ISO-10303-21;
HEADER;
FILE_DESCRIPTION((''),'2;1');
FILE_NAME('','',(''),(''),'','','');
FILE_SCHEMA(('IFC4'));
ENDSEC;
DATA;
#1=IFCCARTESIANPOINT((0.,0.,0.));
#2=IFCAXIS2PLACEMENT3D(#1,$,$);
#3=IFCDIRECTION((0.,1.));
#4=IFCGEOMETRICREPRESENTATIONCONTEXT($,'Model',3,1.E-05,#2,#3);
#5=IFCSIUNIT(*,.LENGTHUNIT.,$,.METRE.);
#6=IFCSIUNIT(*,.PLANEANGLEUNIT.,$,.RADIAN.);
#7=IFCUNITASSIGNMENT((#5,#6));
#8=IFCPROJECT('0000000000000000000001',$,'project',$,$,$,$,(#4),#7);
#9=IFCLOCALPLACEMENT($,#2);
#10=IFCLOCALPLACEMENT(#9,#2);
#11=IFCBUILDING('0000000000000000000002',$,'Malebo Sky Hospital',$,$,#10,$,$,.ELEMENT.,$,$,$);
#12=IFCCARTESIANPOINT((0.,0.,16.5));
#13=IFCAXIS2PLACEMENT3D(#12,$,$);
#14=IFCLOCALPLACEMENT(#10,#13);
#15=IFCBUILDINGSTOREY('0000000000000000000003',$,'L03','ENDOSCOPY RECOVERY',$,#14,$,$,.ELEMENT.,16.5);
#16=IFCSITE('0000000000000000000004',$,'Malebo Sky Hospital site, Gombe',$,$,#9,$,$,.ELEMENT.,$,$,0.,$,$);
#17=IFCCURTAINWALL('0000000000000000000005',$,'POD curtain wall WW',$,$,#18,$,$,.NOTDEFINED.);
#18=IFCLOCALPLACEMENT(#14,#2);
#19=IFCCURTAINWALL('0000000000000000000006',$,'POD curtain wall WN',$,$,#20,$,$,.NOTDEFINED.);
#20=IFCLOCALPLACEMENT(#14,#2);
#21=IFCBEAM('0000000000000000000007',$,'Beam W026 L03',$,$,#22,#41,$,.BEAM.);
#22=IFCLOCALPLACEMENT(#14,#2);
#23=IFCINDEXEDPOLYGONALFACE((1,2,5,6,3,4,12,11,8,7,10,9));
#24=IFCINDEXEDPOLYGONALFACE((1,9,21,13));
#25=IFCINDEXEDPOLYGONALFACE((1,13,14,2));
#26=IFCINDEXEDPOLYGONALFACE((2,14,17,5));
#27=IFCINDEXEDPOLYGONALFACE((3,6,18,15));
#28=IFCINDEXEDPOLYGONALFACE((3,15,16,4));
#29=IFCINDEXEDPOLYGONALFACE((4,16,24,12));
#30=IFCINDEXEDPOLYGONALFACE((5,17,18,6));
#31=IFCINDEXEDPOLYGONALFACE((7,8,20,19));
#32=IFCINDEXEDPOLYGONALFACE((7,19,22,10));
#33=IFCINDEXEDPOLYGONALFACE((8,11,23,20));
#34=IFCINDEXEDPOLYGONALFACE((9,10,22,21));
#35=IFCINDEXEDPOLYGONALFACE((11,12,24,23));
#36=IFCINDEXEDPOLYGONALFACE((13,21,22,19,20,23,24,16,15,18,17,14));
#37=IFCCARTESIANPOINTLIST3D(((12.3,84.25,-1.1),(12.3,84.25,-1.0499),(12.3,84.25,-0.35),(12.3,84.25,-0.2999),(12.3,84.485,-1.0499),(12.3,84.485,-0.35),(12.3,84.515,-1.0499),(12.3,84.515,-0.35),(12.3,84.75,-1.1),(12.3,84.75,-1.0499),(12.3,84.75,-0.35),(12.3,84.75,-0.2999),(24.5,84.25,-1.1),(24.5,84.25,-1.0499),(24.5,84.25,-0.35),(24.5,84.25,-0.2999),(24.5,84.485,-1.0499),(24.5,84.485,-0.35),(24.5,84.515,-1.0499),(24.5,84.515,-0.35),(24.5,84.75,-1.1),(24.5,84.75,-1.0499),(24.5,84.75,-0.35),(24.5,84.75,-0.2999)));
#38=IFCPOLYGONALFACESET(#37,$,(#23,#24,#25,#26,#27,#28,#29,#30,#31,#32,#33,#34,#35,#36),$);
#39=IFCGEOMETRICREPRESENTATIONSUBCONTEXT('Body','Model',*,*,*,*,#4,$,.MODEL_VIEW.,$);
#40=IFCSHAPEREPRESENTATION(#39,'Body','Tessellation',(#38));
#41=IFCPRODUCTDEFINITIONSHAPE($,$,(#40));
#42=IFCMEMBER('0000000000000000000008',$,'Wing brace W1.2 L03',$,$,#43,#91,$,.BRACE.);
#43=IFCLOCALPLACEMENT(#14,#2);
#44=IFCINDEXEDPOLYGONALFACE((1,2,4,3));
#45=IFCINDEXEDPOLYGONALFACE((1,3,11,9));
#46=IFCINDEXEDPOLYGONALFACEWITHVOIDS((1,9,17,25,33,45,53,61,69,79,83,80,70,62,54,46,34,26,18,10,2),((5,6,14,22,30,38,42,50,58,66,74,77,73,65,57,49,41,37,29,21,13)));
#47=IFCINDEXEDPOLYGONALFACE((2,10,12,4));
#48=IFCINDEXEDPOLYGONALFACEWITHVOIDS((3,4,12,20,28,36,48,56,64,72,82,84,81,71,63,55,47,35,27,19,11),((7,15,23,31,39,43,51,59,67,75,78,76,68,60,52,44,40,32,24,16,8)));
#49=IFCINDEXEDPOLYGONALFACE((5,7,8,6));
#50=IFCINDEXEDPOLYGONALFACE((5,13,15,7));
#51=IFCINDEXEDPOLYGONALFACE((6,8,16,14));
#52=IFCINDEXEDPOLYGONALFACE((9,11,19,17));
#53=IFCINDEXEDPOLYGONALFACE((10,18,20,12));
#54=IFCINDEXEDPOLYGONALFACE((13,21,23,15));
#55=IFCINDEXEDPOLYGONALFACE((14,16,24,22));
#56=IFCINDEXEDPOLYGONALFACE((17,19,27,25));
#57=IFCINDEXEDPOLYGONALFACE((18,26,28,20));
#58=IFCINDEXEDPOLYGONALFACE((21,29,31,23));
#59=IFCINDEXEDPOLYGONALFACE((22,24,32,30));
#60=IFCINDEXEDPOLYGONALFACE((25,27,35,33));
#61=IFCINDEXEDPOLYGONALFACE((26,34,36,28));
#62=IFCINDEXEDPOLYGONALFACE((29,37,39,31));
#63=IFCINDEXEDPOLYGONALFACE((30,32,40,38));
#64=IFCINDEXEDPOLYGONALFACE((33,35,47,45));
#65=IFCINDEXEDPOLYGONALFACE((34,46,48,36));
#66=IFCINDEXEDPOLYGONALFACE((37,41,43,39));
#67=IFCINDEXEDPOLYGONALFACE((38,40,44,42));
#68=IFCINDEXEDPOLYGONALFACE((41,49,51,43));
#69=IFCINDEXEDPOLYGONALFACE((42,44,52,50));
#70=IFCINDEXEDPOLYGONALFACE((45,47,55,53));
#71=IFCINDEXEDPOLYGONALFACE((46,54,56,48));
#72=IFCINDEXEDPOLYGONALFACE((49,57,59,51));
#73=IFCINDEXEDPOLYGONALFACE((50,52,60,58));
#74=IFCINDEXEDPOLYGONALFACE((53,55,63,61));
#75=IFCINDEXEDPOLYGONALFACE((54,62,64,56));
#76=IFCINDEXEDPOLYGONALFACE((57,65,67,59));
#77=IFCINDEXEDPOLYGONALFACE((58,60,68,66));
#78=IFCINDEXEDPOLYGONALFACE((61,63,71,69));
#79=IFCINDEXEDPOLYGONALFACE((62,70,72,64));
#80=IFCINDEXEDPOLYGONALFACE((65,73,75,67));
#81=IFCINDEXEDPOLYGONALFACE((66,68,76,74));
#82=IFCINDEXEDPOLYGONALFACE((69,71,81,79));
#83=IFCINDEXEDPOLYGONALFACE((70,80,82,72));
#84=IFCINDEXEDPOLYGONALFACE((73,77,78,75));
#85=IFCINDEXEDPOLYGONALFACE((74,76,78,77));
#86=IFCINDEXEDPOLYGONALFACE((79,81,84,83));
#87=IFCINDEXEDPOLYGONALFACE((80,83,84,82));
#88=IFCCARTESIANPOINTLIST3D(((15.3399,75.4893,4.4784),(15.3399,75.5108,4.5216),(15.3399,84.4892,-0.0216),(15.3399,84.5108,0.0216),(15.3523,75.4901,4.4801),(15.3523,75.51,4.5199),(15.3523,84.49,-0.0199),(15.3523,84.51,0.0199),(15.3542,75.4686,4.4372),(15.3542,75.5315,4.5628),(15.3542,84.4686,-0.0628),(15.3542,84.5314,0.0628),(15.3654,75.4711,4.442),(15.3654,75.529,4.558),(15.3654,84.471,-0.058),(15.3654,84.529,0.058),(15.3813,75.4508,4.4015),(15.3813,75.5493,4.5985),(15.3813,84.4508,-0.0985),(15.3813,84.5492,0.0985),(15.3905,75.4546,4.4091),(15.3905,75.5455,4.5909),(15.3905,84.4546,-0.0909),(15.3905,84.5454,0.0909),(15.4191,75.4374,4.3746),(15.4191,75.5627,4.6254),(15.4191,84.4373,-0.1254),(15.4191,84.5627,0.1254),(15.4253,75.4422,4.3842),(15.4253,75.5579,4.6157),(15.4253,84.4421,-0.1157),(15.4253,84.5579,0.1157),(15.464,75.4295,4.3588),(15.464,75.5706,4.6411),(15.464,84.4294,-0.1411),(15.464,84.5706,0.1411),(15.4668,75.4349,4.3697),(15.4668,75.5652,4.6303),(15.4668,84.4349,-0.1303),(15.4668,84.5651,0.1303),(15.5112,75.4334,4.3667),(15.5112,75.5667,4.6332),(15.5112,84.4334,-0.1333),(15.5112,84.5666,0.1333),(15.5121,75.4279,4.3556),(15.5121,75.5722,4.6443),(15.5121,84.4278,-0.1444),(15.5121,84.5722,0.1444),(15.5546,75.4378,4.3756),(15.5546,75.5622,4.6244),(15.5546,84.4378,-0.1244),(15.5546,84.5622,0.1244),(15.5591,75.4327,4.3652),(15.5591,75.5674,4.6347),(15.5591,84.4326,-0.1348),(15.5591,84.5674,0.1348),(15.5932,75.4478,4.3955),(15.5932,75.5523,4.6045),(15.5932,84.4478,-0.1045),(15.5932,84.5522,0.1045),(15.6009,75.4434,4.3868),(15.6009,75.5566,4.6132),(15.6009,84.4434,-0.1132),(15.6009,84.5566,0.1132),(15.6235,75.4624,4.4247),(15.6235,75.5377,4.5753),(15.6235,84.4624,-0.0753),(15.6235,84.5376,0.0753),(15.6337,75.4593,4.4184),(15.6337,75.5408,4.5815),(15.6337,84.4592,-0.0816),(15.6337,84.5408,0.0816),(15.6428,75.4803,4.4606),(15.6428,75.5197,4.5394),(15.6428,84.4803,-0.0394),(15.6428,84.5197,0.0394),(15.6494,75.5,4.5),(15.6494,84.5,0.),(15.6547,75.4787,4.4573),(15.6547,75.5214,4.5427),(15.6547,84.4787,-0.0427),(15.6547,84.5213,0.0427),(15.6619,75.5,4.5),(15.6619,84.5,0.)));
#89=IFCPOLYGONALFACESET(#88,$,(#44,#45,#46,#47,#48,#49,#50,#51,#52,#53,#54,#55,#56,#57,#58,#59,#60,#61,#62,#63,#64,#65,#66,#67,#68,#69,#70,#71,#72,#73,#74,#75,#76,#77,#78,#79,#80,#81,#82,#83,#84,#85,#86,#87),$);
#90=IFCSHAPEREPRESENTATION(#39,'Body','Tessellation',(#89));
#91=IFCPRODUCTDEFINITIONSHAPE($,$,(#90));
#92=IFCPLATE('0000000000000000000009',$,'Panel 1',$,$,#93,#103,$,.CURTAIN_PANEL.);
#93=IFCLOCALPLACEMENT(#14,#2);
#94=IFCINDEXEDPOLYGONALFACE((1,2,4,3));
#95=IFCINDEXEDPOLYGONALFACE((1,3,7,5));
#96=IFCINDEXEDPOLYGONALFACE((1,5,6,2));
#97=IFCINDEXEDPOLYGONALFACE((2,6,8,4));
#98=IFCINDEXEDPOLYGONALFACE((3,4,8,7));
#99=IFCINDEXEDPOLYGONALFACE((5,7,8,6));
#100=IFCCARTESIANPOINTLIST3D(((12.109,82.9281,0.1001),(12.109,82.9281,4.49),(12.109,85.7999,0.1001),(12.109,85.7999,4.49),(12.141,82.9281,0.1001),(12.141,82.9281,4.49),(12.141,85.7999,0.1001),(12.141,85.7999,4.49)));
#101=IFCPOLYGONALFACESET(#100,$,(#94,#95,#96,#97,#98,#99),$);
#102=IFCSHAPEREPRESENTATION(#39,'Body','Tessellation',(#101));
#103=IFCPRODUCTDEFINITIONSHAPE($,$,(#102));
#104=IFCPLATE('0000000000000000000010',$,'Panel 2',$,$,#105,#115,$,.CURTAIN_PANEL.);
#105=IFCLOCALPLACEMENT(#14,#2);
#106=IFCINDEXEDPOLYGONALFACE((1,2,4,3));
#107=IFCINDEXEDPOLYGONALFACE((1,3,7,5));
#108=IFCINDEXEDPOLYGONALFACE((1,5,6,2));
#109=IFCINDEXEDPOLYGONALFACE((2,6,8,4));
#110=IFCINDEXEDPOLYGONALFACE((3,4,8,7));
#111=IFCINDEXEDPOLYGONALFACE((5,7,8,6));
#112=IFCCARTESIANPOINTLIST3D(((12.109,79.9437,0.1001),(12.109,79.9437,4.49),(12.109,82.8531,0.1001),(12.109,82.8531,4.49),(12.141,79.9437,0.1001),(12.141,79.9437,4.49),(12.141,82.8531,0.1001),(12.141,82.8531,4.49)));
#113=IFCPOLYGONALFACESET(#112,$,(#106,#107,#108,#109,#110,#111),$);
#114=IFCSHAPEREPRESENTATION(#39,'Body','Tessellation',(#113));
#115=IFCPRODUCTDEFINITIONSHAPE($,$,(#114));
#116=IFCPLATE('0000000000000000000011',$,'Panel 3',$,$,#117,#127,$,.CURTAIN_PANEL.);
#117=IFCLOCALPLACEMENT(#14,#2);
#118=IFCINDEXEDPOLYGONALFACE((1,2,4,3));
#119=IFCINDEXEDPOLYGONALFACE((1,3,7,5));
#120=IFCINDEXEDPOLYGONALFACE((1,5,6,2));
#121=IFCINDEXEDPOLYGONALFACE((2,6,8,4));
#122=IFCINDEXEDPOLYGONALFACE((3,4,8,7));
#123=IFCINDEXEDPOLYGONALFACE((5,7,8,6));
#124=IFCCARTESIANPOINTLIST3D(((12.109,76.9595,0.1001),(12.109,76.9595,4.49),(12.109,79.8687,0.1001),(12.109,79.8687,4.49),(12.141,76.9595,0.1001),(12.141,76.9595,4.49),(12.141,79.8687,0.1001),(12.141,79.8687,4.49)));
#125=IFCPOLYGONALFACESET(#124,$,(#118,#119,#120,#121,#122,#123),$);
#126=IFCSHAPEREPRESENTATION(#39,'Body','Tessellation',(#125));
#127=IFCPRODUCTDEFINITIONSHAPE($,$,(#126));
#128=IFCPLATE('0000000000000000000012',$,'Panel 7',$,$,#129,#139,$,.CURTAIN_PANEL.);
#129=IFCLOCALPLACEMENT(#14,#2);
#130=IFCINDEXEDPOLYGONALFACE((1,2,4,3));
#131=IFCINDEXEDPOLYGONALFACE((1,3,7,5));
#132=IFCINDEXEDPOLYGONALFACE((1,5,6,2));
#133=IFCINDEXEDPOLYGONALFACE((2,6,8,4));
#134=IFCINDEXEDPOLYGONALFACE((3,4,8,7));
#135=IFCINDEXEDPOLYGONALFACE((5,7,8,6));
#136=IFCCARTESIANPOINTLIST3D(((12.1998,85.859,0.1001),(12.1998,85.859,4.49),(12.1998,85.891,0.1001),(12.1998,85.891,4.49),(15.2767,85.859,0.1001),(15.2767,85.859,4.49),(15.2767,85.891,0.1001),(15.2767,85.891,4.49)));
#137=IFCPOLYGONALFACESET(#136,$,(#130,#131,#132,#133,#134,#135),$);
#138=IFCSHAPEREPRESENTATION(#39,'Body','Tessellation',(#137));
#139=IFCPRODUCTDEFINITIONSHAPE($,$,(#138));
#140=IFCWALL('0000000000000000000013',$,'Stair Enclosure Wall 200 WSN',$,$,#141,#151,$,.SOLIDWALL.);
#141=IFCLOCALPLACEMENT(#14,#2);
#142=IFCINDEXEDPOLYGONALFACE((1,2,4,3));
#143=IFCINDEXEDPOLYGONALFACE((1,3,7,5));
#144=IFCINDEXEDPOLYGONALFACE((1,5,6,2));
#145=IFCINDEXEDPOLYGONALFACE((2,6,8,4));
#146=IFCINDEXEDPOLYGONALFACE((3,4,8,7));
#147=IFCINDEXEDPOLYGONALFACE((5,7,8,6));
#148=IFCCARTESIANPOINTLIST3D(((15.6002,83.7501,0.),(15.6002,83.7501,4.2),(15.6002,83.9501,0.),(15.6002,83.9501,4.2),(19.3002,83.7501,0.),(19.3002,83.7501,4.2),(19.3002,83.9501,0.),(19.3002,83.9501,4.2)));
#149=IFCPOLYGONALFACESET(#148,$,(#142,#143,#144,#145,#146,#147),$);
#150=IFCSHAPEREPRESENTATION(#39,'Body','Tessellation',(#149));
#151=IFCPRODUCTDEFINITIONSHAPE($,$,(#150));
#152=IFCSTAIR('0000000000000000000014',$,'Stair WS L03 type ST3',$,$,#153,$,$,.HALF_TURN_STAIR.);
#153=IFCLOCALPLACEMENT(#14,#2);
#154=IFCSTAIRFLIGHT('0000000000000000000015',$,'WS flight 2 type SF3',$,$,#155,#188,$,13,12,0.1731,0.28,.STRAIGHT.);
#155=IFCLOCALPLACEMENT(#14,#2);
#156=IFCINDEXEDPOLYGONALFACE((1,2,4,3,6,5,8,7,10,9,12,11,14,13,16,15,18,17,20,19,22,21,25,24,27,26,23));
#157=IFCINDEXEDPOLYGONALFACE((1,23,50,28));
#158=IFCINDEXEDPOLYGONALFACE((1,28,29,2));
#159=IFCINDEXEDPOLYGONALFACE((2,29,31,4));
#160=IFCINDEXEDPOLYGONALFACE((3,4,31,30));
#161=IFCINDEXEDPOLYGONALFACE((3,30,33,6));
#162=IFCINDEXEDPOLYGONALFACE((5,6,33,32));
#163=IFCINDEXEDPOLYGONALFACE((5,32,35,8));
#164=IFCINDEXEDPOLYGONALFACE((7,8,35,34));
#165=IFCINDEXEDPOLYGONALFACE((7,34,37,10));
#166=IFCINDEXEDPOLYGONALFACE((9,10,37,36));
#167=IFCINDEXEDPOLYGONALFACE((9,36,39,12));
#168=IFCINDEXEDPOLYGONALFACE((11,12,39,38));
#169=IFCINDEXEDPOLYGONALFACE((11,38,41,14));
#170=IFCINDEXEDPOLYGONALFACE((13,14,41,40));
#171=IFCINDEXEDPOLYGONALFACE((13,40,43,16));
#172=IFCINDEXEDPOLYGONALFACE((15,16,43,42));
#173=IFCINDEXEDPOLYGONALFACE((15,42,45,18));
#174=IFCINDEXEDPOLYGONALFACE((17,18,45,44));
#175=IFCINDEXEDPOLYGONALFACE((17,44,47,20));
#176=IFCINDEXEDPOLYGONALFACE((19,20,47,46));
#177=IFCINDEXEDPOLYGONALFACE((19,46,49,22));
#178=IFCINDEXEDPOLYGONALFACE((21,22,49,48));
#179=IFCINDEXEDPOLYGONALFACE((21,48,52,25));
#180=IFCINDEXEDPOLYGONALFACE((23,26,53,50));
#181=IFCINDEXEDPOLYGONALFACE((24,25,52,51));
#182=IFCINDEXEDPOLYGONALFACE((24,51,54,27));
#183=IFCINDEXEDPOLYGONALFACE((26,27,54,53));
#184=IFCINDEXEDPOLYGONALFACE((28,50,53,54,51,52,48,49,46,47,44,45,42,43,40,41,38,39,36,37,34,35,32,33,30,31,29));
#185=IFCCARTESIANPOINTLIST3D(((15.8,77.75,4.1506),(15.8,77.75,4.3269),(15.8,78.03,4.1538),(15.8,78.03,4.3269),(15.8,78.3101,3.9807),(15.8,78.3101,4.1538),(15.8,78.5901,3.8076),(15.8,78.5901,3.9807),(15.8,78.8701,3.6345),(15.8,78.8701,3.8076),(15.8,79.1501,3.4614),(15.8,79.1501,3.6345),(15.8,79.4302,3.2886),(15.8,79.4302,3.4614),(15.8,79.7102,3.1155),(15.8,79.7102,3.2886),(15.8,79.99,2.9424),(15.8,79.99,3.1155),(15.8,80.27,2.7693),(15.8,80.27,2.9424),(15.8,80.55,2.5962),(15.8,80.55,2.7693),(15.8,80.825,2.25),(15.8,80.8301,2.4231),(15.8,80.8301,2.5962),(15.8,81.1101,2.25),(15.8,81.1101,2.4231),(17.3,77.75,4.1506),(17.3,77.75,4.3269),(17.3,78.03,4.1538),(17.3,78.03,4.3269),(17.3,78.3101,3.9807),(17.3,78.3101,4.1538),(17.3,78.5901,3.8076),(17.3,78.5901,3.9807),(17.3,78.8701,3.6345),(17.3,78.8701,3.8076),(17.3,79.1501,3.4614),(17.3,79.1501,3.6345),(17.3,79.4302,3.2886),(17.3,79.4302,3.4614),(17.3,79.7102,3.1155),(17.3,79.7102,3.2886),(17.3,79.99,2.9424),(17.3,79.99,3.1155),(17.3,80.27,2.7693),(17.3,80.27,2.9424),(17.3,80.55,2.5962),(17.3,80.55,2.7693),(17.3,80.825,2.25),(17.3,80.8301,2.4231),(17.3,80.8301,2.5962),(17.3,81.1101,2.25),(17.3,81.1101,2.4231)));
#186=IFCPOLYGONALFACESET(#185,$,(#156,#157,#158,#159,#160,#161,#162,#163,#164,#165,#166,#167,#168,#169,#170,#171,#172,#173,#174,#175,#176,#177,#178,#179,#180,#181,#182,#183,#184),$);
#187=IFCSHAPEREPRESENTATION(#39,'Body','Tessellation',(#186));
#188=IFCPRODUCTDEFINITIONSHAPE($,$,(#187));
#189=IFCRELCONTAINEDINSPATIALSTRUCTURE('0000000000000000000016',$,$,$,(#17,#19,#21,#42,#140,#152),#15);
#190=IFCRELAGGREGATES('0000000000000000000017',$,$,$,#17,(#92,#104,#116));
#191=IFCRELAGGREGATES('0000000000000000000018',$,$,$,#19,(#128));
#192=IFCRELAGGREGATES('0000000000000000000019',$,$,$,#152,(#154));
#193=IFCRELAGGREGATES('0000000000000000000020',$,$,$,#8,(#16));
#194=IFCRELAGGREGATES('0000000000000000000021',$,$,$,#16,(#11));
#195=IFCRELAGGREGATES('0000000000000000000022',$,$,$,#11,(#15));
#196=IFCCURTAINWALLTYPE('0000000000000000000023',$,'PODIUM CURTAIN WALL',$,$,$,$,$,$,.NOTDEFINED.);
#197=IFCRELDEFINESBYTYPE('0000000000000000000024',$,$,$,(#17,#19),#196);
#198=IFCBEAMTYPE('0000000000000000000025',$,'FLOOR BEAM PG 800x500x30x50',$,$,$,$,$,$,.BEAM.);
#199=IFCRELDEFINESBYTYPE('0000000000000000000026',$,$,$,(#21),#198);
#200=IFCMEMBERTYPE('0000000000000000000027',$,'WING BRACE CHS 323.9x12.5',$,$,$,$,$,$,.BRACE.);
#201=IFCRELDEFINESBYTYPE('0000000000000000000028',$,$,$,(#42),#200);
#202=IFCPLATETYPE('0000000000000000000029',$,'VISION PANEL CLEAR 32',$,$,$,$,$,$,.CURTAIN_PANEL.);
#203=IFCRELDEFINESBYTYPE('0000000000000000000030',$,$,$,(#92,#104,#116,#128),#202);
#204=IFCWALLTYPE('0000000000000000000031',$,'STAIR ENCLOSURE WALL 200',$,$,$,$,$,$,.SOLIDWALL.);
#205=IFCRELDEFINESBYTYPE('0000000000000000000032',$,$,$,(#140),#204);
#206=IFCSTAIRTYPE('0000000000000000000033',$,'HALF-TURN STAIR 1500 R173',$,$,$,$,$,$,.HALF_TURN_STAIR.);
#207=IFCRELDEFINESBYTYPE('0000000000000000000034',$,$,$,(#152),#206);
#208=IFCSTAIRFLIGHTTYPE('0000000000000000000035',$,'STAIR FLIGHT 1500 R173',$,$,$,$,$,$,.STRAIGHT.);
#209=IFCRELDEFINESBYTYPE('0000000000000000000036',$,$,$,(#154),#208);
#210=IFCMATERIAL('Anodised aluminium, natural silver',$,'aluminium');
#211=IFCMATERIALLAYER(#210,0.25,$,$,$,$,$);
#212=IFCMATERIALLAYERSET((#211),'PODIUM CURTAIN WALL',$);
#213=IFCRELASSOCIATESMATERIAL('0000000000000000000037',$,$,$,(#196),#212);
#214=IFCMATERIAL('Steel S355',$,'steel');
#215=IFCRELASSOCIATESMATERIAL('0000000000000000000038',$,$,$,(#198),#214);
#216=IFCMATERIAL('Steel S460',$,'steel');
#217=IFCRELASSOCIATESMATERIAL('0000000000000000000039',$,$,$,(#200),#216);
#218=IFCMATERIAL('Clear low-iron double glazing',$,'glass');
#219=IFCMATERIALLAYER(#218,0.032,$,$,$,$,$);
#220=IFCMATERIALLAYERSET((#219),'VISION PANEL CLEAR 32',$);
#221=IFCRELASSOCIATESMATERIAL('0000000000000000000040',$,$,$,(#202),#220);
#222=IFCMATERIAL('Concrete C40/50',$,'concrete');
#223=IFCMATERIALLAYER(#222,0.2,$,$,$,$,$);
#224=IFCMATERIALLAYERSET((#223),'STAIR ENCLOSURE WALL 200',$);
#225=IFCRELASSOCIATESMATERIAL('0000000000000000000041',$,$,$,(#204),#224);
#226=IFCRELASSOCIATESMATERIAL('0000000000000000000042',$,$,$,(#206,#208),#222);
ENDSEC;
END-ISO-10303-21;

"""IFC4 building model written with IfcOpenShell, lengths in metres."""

from ifc_helpers import new_model, si_unit, direction, frame, frame_2d, origin, origin_2d, place, context, subcontext, project, spatial, polyline, rectangle, hollow_circle, i_section, outline, extrude, material, layer, layer_set, material_profile, profile_set, type_object, element, aggregate, save


model = new_model("IFC4")

# Units and contexts
model_context = context("Model", 3, precision=1e-05, world=origin(), true_north=direction((0.0, 1.0)))
body_context = subcontext(model_context, "Body", "Model", "MODEL_VIEW")
ifc_project = project(units=[si_unit("LENGTHUNIT", "METRE"), si_unit("PLANEANGLEUNIT", "RADIAN")], contexts=[model_context])

# Site, building, storey
site_placement = place(None, origin())
site = spatial("IfcSite", under=ifc_project, at=site_placement, Name="Malebo Sky Hospital site, Gombe", CompositionType="ELEMENT", RefElevation=0.0)
building_placement = place(site_placement, origin())
building = spatial("IfcBuilding", under=site, at=building_placement, Name="Malebo Sky Hospital", CompositionType="ELEMENT")
storey_placement = place(building_placement, frame((0.0, 0.0, 16.5)))
storey = spatial("IfcBuildingStorey", under=building, at=storey_placement, Name="L03", Description="ENDOSCOPY RECOVERY", CompositionType="ELEMENT", Elevation=16.5)

# Shared definitions
ifc_material_1 = material(Name="Steel S355", Category="steel")

# Curtain wall
ifc_material_2 = material(Name="Anodised aluminium, natural silver", Category="aluminium")
ifc_layer_1 = layer(ifc_material_2, 0.25)
ifc_layer_set_1 = layer_set([ifc_layer_1], Name="PODIUM CURTAIN WALL")
curtain_wall_type = type_object("IfcCurtainWallType", Name="PODIUM CURTAIN WALL", PredefinedType="NOTDEFINED", material=ifc_layer_set_1)
curtain_wall_1_placement = place(storey_placement, origin())
curtain_wall_1 = element("IfcCurtainWall", 1, at=curtain_wall_1_placement, inside=storey, type_object=curtain_wall_type, Name="POD curtain wall WW", PredefinedType="NOTDEFINED")

# Curtain wall
curtain_wall_2_placement = place(storey_placement, origin())
curtain_wall_2 = element("IfcCurtainWall", 2, at=curtain_wall_2_placement, inside=storey, type_object=curtain_wall_type, Name="POD curtain wall WN", PredefinedType="NOTDEFINED")

# Beam
ifc_material_3 = material(Name="Steel S460", Category="steel")
ifc_material_profile_1 = material_profile(ifc_material_1, i_section(OverallWidth=0.5, OverallDepth=0.8, WebThickness=0.03, FlangeThickness=0.05, at=origin_2d()), Name="PG 800x500x30x50")
ifc_profile_set_1 = profile_set([ifc_material_profile_1], Name="Steel S355")
beam_type_1 = type_object("IfcBeamType", Name="FLOOR BEAM PG 800x500x30x50", PredefinedType="BEAM", material=ifc_profile_set_1)
beam_1_placement = place(storey_placement, frame((12.3, 84.5, -0.7), z_axis=(1.0, 0.0, 0.0), x_axis=(0.0, 1.0, 0.0)))
element("IfcBeam", 3, at=beam_1_placement, inside=storey, type_object=beam_type_1, Name="Beam W026 L03", PredefinedType="BEAM", context=body_context, shape_type="SweptSolid", body=[
    extrude(i_section(OverallWidth=0.5, OverallDepth=0.8, WebThickness=0.03, FlangeThickness=0.05, at=origin_2d()), origin(), (0.0, 0.0, 1.0), 12.2),
])

# Member
ifc_material_profile_2 = material_profile(ifc_material_3, hollow_circle(Radius=0.1619, WallThickness=0.0125, at=origin_2d()), Name="CHS 323.9x12.5")
ifc_profile_set_2 = profile_set([ifc_material_profile_2], Name="Steel S460")
member_type_1 = type_object("IfcMemberType", Name="WING BRACE CHS 323.9x12.5", PredefinedType="BRACE", material=ifc_profile_set_2)
member_1_placement = place(storey_placement, frame((15.5, 84.5, 0.0), z_axis=(0.0, -0.894427, 0.447214), x_axis=(1.0, 0.0, 0.0)))
element("IfcMember", 4, at=member_1_placement, inside=storey, type_object=member_type_1, Name="Wing brace W1.2 L03", PredefinedType="BRACE", context=body_context, shape_type="SweptSolid", body=[
    extrude(hollow_circle(Radius=0.1619, WallThickness=0.0125, at=origin_2d()), origin(), (0.0, 0.0, 1.0), 10.0623),
])

# Plates
ifc_material_4 = material(Name="Clear low-iron double glazing", Category="glass")
ifc_layer_2 = layer(ifc_material_4, 0.032)
ifc_layer_set_2 = layer_set([ifc_layer_2], Name="VISION PANEL CLEAR 32")
plate_type = type_object("IfcPlateType", Name="VISION PANEL CLEAR 32", PredefinedType="CURTAIN_PANEL", material=ifc_layer_set_2)
plate_1_placement = place(storey_placement, frame((12.125, 84.364, 0.1001), z_axis=(0.0, 0.0, 1.0), x_axis=(0.0, -1.0, 0.0)))
plate_1 = element("IfcPlate", 5, at=plate_1_placement, type_object=plate_type, Name="Panel 1", PredefinedType="CURTAIN_PANEL", context=body_context, shape_type="SweptSolid", body=[
    extrude(rectangle(XDim=2.8718, YDim=0.032, at=origin_2d()), origin(), (0.0, 0.0, 1.0), 4.3899),
])
plate_2_placement = place(storey_placement, frame((12.125, 81.3984, 0.1001), z_axis=(0.0, 0.0, 1.0), x_axis=(0.0, -1.0, 0.0)))
plate_2 = element("IfcPlate", 6, at=plate_2_placement, type_object=plate_type, Name="Panel 2", PredefinedType="CURTAIN_PANEL", context=body_context, shape_type="SweptSolid", body=[
    extrude(rectangle(XDim=2.9094, YDim=0.032, at=origin_2d()), origin(), (0.0, 0.0, 1.0), 4.3899),
])
plate_3_placement = place(storey_placement, frame((12.125, 78.4141, 0.1001), z_axis=(0.0, 0.0, 1.0), x_axis=(0.0, -1.0, 0.0)))
plate_3 = element("IfcPlate", 7, at=plate_3_placement, type_object=plate_type, Name="Panel 3", PredefinedType="CURTAIN_PANEL", context=body_context, shape_type="SweptSolid", body=[
    extrude(rectangle(XDim=2.9092, YDim=0.032, at=origin_2d()), origin(), (0.0, 0.0, 1.0), 4.3899),
])
aggregate(curtain_wall_1, [plate_1, plate_2, plate_3])
plate_4_placement = place(storey_placement, frame((13.7383, 85.875, 0.1001), z_axis=(0.0, 0.0, 1.0), x_axis=(-1.0, 0.0, 0.0)))
plate_4 = element("IfcPlate", 8, at=plate_4_placement, type_object=plate_type, Name="Panel 7", PredefinedType="CURTAIN_PANEL", context=body_context, shape_type="SweptSolid", body=[
    extrude(rectangle(XDim=3.0769, YDim=0.032, at=origin_2d()), origin(), (0.0, 0.0, 1.0), 4.3899),
])
aggregate(curtain_wall_2, [plate_4])

# Wall
ifc_material_5 = material(Name="Concrete C40/50", Category="concrete")
ifc_layer_3 = layer(ifc_material_5, 0.2)
ifc_layer_set_3 = layer_set([ifc_layer_3], Name="STAIR ENCLOSURE WALL 200")
wall_type = type_object("IfcWallType", Name="STAIR ENCLOSURE WALL 200", PredefinedType="SOLIDWALL", material=ifc_layer_set_3)
wall_placement = place(storey_placement, frame((15.6001, 83.8501, 0.0), z_axis=(0.0, 0.0, 1.0), x_axis=(1.0, 0.0, 0.0)))
element("IfcWall", 9, at=wall_placement, inside=storey, type_object=wall_type, Name="Stair Enclosure Wall 200 WSN", PredefinedType="SOLIDWALL", context=body_context, shape_type="SweptSolid", body=[
    extrude(rectangle(XDim=3.7, YDim=0.2, at=frame_2d((1.8501, 0.0))), origin(), (0.0, 0.0, 1.0), 4.2),
])

# Stair, stair flight
stair_type = type_object("IfcStairType", Name="HALF-TURN STAIR 1500 R173", PredefinedType="HALF_TURN_STAIR", material=ifc_material_5)
stair_placement = place(storey_placement, origin())
stair = element("IfcStair", 10, at=stair_placement, inside=storey, type_object=stair_type, Name="Stair WS L03 type ST3", PredefinedType="HALF_TURN_STAIR")
stair_flight_type = type_object("IfcStairFlightType", Name="STAIR FLIGHT 1500 R173", PredefinedType="STRAIGHT", material=ifc_material_5)
stair_flight_placement = place(storey_placement, frame((16.55, 81.1101, 2.25), z_axis=(0.0, 0.0, 1.0), x_axis=(0.0, -1.0, 0.0)))
stair_flight = element("IfcStairFlight", 11, at=stair_flight_placement, type_object=stair_flight_type, Name="WS flight 2 type SF3", NumberOfRisers=13, NumberOfTreads=12, PredefinedType="STRAIGHT", RiserHeight=0.1731, TreadLength=0.28, context=body_context, shape_type="SweptSolid", body=[
    extrude(outline(polyline([(0.0, 0.0), (0.0, 0.1731), (0.28, 0.1731), (0.28, 0.3462), (0.5601, 0.3462), (0.5601, 0.5193), (0.8401, 0.5193), (0.8401, 0.6924), (1.1201, 0.6924), (1.1201, 0.8655), (1.3999, 0.8655), (1.3999, 1.0386), (1.6799, 1.0386), (1.6799, 1.2114), (1.96, 1.2114), (1.96, 1.3845), (2.24, 1.3845), (2.24, 1.5576), (2.52, 1.5576), (2.52, 1.7307), (2.8, 1.7307), (2.8, 1.9038), (3.0801, 1.9038), (3.0801, 2.0769), (3.3601, 2.0769), (3.3601, 2.25), (3.3601, 1.9006), (0.2852, 0.0), (0.0, 0.0)])), frame((0.0, 0.75, 0.0), z_axis=(0.0, -1.0, 0.0), x_axis=(1.0, 0.0, 0.0)), (0.0, 0.0, 1.0), 1.5),
])
aggregate(stair, [stair_flight])

save(model, "model.ifc")
